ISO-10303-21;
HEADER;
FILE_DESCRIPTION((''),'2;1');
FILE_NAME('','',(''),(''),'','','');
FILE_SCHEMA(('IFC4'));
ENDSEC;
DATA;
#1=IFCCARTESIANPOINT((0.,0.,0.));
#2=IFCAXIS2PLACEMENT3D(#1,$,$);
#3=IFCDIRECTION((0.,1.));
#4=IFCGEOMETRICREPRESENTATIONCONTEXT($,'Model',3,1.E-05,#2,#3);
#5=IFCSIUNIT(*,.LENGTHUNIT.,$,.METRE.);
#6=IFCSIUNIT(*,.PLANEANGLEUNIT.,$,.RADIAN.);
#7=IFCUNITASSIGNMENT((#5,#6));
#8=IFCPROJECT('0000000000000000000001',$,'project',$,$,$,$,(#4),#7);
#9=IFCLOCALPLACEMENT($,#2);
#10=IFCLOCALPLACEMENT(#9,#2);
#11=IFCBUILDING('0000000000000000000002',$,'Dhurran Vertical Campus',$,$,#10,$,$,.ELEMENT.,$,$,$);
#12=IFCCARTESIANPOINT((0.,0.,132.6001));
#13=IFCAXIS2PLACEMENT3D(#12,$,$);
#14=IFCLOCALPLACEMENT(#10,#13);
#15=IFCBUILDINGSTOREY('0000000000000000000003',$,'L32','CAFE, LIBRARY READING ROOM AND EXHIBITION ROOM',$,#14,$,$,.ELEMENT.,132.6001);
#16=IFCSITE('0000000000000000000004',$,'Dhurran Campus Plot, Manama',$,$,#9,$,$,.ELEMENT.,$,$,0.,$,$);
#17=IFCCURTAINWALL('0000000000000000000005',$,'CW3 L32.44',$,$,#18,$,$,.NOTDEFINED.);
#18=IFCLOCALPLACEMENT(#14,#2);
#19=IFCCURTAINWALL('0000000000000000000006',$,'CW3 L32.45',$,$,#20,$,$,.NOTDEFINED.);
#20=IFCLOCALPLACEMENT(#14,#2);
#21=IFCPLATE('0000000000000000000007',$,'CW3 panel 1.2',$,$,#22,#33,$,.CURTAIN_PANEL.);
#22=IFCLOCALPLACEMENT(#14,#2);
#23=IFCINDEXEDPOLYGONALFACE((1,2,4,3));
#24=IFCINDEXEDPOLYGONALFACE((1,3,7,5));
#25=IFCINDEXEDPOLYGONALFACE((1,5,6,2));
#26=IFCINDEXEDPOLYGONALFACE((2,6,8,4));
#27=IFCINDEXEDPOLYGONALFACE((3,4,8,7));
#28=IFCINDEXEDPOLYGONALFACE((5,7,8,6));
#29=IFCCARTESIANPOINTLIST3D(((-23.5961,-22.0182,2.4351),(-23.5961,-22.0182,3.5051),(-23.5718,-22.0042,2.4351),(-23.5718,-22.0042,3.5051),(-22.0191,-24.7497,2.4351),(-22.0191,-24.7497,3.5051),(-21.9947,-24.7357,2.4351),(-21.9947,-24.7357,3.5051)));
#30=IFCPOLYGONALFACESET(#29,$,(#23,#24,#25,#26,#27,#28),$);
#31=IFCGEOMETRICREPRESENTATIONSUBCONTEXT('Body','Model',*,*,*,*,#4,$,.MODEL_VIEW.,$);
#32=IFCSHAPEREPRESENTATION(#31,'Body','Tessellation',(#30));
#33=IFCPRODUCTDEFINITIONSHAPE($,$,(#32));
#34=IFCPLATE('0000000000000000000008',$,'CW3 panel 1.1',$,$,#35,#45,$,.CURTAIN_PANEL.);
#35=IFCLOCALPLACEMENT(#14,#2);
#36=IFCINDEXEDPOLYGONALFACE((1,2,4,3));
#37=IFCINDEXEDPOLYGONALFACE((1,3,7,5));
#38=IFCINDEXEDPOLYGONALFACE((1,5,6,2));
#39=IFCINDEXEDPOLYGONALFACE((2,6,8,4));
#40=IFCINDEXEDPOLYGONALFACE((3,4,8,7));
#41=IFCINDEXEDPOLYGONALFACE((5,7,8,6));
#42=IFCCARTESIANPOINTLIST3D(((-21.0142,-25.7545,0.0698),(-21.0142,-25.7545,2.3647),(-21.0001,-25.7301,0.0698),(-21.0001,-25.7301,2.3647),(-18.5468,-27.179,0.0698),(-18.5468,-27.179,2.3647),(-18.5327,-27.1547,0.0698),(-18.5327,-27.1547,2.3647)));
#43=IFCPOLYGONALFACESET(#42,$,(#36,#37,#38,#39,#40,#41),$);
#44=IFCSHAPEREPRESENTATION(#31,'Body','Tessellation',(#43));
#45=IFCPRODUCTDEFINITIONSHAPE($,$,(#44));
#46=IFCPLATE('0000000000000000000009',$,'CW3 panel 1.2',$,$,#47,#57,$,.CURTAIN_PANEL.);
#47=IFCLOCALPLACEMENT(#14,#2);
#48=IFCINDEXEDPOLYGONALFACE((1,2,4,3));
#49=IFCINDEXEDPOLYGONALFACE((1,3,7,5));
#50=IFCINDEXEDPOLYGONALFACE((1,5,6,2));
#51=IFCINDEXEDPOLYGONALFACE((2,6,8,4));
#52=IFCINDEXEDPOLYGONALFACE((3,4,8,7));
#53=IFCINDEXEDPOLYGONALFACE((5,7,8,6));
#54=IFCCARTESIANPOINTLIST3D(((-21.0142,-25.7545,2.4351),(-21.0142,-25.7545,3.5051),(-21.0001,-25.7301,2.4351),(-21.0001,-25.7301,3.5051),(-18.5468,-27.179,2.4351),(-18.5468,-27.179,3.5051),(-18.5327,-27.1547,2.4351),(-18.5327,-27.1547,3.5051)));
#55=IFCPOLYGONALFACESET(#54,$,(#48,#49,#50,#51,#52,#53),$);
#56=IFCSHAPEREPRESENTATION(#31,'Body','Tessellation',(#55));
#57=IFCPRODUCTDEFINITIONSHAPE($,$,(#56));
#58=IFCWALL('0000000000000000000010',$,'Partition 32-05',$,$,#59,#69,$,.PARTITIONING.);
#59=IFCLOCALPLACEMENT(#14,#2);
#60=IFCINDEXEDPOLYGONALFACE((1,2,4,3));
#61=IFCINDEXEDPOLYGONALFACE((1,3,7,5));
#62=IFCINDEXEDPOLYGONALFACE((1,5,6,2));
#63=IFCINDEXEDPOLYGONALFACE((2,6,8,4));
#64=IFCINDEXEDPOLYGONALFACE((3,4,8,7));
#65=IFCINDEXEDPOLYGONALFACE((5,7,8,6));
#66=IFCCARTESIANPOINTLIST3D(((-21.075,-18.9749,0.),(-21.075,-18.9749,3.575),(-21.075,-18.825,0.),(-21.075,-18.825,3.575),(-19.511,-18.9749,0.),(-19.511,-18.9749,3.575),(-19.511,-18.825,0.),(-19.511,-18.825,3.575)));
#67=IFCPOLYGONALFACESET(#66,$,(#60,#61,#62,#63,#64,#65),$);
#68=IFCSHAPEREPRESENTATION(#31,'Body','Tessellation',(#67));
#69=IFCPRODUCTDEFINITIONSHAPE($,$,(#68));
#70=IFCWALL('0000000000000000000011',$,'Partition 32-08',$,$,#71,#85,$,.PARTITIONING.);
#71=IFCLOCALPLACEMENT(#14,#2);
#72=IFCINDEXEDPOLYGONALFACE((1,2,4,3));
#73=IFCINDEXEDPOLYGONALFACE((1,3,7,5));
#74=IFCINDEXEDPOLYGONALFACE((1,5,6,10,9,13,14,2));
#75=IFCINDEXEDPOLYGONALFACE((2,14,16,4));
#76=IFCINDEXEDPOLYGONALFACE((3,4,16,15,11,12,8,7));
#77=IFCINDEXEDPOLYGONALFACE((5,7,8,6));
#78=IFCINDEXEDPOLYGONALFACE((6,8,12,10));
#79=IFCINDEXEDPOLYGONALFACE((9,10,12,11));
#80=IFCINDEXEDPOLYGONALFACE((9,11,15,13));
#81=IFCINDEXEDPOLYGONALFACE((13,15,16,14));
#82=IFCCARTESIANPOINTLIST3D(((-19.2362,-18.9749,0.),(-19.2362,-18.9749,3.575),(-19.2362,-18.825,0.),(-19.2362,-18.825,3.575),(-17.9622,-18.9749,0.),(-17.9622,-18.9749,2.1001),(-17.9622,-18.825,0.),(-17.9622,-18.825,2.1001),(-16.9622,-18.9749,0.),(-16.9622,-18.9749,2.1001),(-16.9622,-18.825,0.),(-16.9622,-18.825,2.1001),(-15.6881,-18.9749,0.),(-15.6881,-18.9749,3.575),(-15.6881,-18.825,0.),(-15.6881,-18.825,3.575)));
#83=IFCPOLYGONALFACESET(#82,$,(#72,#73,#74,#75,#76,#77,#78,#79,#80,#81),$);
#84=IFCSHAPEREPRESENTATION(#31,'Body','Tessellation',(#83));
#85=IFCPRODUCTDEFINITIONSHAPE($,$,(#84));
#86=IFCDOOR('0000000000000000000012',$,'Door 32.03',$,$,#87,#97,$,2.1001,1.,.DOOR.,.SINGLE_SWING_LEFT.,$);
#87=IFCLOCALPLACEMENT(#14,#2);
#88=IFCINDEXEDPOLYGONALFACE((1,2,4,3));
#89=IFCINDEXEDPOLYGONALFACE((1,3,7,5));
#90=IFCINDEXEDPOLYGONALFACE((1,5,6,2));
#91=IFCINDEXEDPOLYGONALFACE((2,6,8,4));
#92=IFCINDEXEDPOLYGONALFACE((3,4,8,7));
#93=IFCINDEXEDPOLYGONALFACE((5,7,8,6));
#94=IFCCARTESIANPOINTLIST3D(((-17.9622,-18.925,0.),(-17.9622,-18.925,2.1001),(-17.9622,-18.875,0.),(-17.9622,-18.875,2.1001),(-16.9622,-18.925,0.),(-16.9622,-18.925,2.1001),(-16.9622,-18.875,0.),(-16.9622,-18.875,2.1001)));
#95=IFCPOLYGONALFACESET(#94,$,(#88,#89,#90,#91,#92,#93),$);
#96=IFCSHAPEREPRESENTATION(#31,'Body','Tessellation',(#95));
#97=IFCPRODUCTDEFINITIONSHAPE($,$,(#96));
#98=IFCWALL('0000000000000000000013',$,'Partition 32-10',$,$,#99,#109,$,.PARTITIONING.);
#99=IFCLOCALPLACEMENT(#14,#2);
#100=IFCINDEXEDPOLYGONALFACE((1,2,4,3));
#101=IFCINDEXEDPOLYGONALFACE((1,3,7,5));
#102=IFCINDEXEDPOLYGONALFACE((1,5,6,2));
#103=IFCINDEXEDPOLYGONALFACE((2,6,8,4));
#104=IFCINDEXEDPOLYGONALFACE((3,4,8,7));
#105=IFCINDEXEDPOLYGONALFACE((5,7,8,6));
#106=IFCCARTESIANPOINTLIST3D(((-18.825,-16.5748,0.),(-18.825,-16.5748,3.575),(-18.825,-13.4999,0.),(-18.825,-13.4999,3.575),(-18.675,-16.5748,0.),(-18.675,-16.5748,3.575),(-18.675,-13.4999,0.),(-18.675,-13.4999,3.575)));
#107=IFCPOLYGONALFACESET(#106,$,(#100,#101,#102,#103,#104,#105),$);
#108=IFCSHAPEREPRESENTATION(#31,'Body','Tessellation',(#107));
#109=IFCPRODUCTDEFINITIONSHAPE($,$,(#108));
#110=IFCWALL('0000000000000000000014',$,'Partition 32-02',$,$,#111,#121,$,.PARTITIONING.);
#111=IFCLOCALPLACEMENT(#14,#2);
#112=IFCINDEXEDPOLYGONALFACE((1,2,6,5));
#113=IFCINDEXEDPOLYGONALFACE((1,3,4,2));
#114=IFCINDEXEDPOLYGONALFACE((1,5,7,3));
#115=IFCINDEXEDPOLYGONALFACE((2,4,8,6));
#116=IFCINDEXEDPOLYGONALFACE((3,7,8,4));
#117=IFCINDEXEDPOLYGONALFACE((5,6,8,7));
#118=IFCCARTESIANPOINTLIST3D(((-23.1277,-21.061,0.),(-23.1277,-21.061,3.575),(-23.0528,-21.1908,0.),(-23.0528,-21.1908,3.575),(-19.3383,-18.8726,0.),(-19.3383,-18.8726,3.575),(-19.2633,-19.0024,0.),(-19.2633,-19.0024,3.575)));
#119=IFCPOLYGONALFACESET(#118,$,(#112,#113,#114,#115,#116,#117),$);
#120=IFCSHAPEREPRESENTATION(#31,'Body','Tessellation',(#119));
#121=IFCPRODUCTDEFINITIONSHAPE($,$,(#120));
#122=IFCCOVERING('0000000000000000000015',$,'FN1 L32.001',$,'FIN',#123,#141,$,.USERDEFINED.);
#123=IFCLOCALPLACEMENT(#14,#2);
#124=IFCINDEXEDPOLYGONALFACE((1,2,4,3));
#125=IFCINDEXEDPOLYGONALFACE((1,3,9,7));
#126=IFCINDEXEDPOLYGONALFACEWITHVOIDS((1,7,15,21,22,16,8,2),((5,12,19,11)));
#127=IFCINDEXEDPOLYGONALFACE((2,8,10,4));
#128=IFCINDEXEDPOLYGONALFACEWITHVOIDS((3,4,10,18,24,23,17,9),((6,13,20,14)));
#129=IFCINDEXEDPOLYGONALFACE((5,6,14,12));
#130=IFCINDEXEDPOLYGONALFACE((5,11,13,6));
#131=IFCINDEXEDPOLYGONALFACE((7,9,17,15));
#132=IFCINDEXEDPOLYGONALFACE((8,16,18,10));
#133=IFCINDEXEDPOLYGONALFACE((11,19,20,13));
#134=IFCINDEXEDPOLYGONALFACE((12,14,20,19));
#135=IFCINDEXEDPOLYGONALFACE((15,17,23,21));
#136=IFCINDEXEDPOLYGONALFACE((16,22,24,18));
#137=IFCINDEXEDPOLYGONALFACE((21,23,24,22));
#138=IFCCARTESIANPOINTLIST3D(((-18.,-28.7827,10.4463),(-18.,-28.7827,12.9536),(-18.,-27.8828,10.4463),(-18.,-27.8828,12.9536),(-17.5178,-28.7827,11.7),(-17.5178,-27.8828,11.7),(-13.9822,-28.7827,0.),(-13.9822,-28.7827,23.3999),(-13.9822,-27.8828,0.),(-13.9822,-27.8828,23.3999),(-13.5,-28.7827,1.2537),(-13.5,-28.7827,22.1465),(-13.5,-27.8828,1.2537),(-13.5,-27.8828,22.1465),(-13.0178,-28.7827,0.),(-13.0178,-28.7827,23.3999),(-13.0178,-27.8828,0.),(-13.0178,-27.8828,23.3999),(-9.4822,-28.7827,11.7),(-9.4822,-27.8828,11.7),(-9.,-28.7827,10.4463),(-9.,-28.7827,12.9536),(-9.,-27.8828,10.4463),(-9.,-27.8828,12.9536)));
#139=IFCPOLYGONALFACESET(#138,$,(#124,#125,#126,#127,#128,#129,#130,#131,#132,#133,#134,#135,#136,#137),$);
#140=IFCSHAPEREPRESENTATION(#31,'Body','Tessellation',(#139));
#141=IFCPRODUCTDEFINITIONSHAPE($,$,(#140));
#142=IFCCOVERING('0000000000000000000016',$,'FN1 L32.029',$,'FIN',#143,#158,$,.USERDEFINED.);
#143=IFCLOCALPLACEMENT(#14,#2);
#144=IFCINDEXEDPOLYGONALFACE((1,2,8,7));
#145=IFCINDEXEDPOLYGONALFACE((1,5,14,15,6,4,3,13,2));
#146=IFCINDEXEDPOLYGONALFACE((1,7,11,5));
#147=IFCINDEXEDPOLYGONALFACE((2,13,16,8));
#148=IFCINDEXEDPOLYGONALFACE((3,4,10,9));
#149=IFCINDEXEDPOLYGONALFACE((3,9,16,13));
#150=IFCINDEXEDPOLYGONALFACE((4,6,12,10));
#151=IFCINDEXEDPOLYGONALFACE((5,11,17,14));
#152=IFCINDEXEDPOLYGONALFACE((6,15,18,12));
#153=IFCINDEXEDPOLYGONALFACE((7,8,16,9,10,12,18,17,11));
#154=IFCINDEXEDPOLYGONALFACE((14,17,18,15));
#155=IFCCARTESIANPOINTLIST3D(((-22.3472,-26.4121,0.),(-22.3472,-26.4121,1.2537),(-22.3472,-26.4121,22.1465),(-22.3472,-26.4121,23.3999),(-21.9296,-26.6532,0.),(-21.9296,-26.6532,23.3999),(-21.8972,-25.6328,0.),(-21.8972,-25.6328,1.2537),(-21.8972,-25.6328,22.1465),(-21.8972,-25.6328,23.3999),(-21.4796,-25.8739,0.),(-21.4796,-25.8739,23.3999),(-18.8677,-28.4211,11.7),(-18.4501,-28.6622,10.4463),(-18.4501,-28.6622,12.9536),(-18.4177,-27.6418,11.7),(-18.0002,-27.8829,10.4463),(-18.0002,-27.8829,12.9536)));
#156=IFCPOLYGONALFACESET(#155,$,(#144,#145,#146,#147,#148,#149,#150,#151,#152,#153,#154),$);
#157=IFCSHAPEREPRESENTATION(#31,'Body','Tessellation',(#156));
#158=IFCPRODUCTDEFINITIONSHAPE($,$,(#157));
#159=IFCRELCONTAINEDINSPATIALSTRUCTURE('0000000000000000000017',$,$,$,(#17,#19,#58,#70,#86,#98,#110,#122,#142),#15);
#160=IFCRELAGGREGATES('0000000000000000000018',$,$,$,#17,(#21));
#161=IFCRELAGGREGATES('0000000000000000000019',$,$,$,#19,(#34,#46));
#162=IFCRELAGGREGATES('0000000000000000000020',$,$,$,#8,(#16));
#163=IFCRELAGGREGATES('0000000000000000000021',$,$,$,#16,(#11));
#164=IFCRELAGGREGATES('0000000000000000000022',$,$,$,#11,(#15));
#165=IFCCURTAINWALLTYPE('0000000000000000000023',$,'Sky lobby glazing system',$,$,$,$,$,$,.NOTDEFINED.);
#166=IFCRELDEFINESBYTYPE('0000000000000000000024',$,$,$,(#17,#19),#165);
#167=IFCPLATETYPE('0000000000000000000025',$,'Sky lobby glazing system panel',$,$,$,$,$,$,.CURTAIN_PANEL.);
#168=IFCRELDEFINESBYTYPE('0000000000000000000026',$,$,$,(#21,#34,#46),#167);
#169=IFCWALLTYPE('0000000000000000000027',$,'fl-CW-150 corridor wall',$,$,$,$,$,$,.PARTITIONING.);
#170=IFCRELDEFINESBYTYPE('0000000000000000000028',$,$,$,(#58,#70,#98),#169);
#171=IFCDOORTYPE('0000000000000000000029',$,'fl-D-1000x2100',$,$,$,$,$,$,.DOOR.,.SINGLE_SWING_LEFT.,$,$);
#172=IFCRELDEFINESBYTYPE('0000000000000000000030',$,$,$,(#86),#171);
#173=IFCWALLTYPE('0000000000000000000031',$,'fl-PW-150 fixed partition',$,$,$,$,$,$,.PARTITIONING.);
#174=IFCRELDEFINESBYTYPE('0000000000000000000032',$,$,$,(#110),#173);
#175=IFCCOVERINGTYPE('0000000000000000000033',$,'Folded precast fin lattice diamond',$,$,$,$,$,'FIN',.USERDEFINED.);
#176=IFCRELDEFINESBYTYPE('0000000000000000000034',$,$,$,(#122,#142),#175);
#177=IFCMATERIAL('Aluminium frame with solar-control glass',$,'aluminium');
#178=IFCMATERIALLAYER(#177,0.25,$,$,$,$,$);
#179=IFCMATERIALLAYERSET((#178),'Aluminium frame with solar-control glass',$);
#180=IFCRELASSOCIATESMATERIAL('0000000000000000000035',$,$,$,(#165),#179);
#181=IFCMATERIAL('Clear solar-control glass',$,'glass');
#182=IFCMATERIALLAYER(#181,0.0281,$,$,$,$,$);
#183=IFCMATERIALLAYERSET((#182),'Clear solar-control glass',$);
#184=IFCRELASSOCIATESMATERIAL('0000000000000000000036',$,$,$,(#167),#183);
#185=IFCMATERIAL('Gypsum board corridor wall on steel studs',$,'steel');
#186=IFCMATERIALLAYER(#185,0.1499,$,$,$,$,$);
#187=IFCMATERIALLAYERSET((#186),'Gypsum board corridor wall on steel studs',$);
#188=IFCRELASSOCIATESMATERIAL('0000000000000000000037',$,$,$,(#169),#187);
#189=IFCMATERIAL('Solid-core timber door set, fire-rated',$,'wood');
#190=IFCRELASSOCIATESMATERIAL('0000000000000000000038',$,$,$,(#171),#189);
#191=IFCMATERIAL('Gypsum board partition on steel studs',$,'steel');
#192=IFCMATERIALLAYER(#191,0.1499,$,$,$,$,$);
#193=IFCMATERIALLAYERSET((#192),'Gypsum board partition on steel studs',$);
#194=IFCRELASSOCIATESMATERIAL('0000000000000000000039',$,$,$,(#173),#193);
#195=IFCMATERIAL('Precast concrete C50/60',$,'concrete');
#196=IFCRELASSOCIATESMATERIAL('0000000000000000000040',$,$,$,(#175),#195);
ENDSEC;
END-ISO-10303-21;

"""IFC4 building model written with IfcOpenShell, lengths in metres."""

from ifc_helpers import new_model, si_unit, direction, frame, frame_2d, origin, origin_2d, place, context, subcontext, project, spatial, polyline, rectangle, outline, extrude, material, layer, layer_set, type_object, element, fill, aggregate, save


model = new_model("IFC4")

# Units and contexts
model_context = context("Model", 3, precision=1e-05, world=origin(), true_north=direction((0.0, 1.0)))
body_context = subcontext(model_context, "Body", "Model", "MODEL_VIEW")
ifc_project = project(units=[si_unit("LENGTHUNIT", "METRE"), si_unit("PLANEANGLEUNIT", "RADIAN")], contexts=[model_context])

# Site, building, storey
site_placement = place(None, origin())
site = spatial("IfcSite", under=ifc_project, at=site_placement, Name="Dhurran Campus Plot, Manama", CompositionType="ELEMENT", RefElevation=0.0)
building_placement = place(site_placement, origin())
building = spatial("IfcBuilding", under=site, at=building_placement, Name="Dhurran Vertical Campus", CompositionType="ELEMENT")
storey_placement = place(building_placement, frame((0.0, 0.0, 132.6001)))
storey = spatial("IfcBuildingStorey", under=building, at=storey_placement, Name="L32", Description="CAFE, LIBRARY READING ROOM AND EXHIBITION ROOM", CompositionType="ELEMENT", Elevation=132.6001)

# Shared definitions
ifc_material_1 = material(Name="Aluminium frame with solar-control glass", Category="aluminium")
ifc_layer_1 = layer(ifc_material_1, 0.25)
ifc_layer_set_1 = layer_set([ifc_layer_1], Name="Aluminium frame with solar-control glass")
curtain_wall_type = type_object("IfcCurtainWallType", Name="Sky lobby glazing system", PredefinedType="NOTDEFINED", material=ifc_layer_set_1)

# Curtain walls
curtain_wall_1_placement = place(storey_placement, origin())
curtain_wall_1 = element("IfcCurtainWall", 1, at=curtain_wall_1_placement, inside=storey, type_object=curtain_wall_type, Name="CW3 L32.44", PredefinedType="NOTDEFINED")
curtain_wall_2_placement = place(storey_placement, origin())
curtain_wall_2 = element("IfcCurtainWall", 2, at=curtain_wall_2_placement, inside=storey, type_object=curtain_wall_type, Name="CW3 L32.45", PredefinedType="NOTDEFINED")

# Plates
ifc_material_2 = material(Name="Clear solar-control glass", Category="glass")
ifc_layer_2 = layer(ifc_material_2, 0.0281)
ifc_layer_set_2 = layer_set([ifc_layer_2], Name="Clear solar-control glass")
plate_type = type_object("IfcPlateType", Name="Sky lobby glazing system panel", PredefinedType="CURTAIN_PANEL", material=ifc_layer_set_2)
plate_1_placement = place(storey_placement, frame((-22.7954, -23.377, 2.4351), z_axis=(0.0, 0.0, 1.0), x_axis=(0.499998, -0.866026, 0.0)))
plate_1 = element("IfcPlate", 3, at=plate_1_placement, type_object=plate_type, Name="CW3 panel 1.2", PredefinedType="CURTAIN_PANEL", context=body_context, shape_type="SweptSolid", body=[
    extrude(rectangle(XDim=3.1541, YDim=0.0281, at=origin_2d()), origin(), (0.0, 0.0, 1.0), 1.0701),
])
aggregate(curtain_wall_1, [plate_1])
plate_2_placement = place(storey_placement, frame((-19.7734, -26.4546, 0.0698), z_axis=(0.0, 0.0, 1.0), x_axis=(0.866023, -0.500003, 0.0)))
plate_2 = element("IfcPlate", 4, at=plate_2_placement, type_object=plate_type, Name="CW3 panel 1.1", PredefinedType="CURTAIN_PANEL", context=body_context, shape_type="SweptSolid", body=[
    extrude(rectangle(XDim=2.8491, YDim=0.0281, at=origin_2d()), origin(), (0.0, 0.0, 1.0), 2.2949),
])
plate_3_placement = place(storey_placement, frame((-19.7734, -26.4546, 2.4351), z_axis=(0.0, 0.0, 1.0), x_axis=(0.866023, -0.500003, 0.0)))
plate_3 = element("IfcPlate", 5, at=plate_3_placement, type_object=plate_type, Name="CW3 panel 1.2", PredefinedType="CURTAIN_PANEL", context=body_context, shape_type="SweptSolid", body=[
    extrude(rectangle(XDim=2.8491, YDim=0.0281, at=origin_2d()), origin(), (0.0, 0.0, 1.0), 1.0701),
])
aggregate(curtain_wall_2, [plate_2, plate_3])

# Wall
ifc_material_3 = material(Name="Gypsum board corridor wall on steel studs", Category="steel")
ifc_layer_3 = layer(ifc_material_3, 0.1499)
ifc_layer_set_3 = layer_set([ifc_layer_3], Name="Gypsum board corridor wall on steel studs")
wall_type_1 = type_object("IfcWallType", Name="fl-CW-150 corridor wall", PredefinedType="PARTITIONING", material=ifc_layer_set_3)
wall_1_placement = place(storey_placement, frame((-21.075, -18.8999, 0.0), z_axis=(0.0, 0.0, 1.0), x_axis=(1.0, 0.0, 0.0)))
element("IfcWall", 6, at=wall_1_placement, inside=storey, type_object=wall_type_1, Name="Partition 32-05", PredefinedType="PARTITIONING", context=body_context, shape_type="SweptSolid", body=[
    extrude(rectangle(XDim=1.564, YDim=0.1499, at=frame_2d((0.782, 0.0))), origin(), (0.0, 0.0, 1.0), 3.575),
])

# Wall, opening, door
wall_2_placement = place(storey_placement, frame((-19.2361, -18.8999, 0.0), z_axis=(0.0, 0.0, 1.0), x_axis=(1.0, 0.0, 0.0)))
wall_2 = element("IfcWall", 7, at=wall_2_placement, inside=storey, type_object=wall_type_1, Name="Partition 32-08", PredefinedType="PARTITIONING", context=body_context, shape_type="SweptSolid", body=[
    extrude(rectangle(XDim=3.5481, YDim=0.1499, at=frame_2d((1.7739, 0.0))), origin(), (0.0, 0.0, 1.0), 3.575),
])
opening_placement = place(wall_2_placement, frame((1.2739, 0.0, 0.0)))
opening = element("IfcOpeningElement", 8, at=opening_placement, cuts=wall_2, PredefinedType="OPENING", context=body_context, shape_type="SweptSolid", body=[
    extrude(rectangle(XDim=1.0, YDim=2.1001, at=frame_2d((0.5, 1.05))), frame((0.0, 0.085, 0.0), z_axis=(0.0, -1.0, 0.0), x_axis=(1.0, 0.0, 0.0)), (0.0, 0.0, 1.0), 0.1699),
])
ifc_material_4 = material(Name="Solid-core timber door set, fire-rated", Category="wood")
door_type = type_object("IfcDoorType", Name="fl-D-1000x2100", OperationType="SINGLE_SWING_LEFT", PredefinedType="DOOR", material=ifc_material_4)
door_placement = place(opening_placement, origin())
door = element("IfcDoor", 9, at=door_placement, inside=storey, type_object=door_type, Name="Door 32.03", OperationType="SINGLE_SWING_LEFT", OverallHeight=2.1001, OverallWidth=1.0, PredefinedType="DOOR", context=body_context, shape_type="SweptSolid", body=[
    extrude(rectangle(XDim=1.0, YDim=2.1001, at=frame_2d((0.5, 1.05))), frame((0.0, 0.0249, 0.0), z_axis=(0.0, -1.0, 0.0), x_axis=(1.0, 0.0, 0.0)), (0.0, 0.0, 1.0), 0.05),
])
fill(opening, door)

# Walls
wall_3_placement = place(storey_placement, frame((-18.75, -16.575, 0.0), z_axis=(0.0, 0.0, 1.0), x_axis=(0.0, 1.0, 0.0)))
element("IfcWall", 10, at=wall_3_placement, inside=storey, type_object=wall_type_1, Name="Partition 32-10", PredefinedType="PARTITIONING", context=body_context, shape_type="SweptSolid", body=[
    extrude(rectangle(XDim=3.075, YDim=0.1499, at=frame_2d((1.5376, 0.0))), origin(), (0.0, 0.0, 1.0), 3.575),
])
ifc_material_5 = material(Name="Gypsum board partition on steel studs", Category="steel")
ifc_layer_4 = layer(ifc_material_5, 0.1499)
ifc_layer_set_4 = layer_set([ifc_layer_4], Name="Gypsum board partition on steel studs")
wall_type_2 = type_object("IfcWallType", Name="fl-PW-150 fixed partition", PredefinedType="PARTITIONING", material=ifc_layer_set_4)
wall_4_placement = place(storey_placement, frame((-19.3008, -18.9375, 0.0), z_axis=(0.0, 0.0, 1.0), x_axis=(-0.865968, -0.500099, 0.0)))
element("IfcWall", 11, at=wall_4_placement, inside=storey, type_object=wall_type_2, Name="Partition 32-02", PredefinedType="PARTITIONING", context=body_context, shape_type="SweptSolid", body=[
    extrude(rectangle(XDim=4.376, YDim=0.1499, at=frame_2d((2.188, 0.0))), origin(), (0.0, 0.0, 1.0), 3.575),
])

# Coverings
ifc_material_6 = material(Name="Precast concrete C50/60", Category="concrete")
covering_type = type_object("IfcCoveringType", Name="Folded precast fin lattice diamond", ElementType="FIN", PredefinedType="USERDEFINED", material=ifc_material_6)
covering_1_placement = place(storey_placement, frame((-18.0, -27.8828, 0.0), z_axis=(0.0, -1.0, 0.0), x_axis=(1.0, 0.0, 0.0)))
element("IfcCovering", 12, at=covering_1_placement, inside=storey, type_object=covering_type, Name="FN1 L32.001", ObjectType="FIN", PredefinedType="USERDEFINED", context=body_context, shape_type="SweptSolid", body=[
    extrude(outline(polyline([(9.0, 12.9536), (9.0, 10.4463), (4.9822, 0.0), (4.0178, 0.0), (0.0, 10.4463), (0.0, 12.9536), (4.0178, 23.3999), (4.9822, 23.3999), (9.0, 12.9536)]), holes=[polyline([(8.5178, 11.7), (4.5, 22.1465), (0.4822, 11.7), (4.5, 1.2537), (8.5178, 11.7)])]), origin(), (0.0, 0.0, 1.0), 0.8999),
])
covering_2_placement = place(storey_placement, frame((-21.8972, -25.6328, 0.0), z_axis=(-0.50002, -0.866014, 0.0), x_axis=(0.866014, -0.50002, 0.0)))
element("IfcCovering", 13, at=covering_2_placement, inside=storey, type_object=covering_type, Name="FN1 L32.029", ObjectType="FIN", PredefinedType="USERDEFINED", context=body_context, shape_type="SweptSolid", body=[
    extrude(outline(polyline([(4.5, 10.4463), (0.4822, 0.0), (0.0, 0.0), (0.0, 1.2537), (4.0178, 11.7), (0.0, 22.1465), (0.0, 23.3999), (0.4822, 23.3999), (4.5, 12.9536), (4.5, 10.4463)])), origin(), (0.0, 0.0, 1.0), 0.8999),
])

save(model, "model.ifc")
